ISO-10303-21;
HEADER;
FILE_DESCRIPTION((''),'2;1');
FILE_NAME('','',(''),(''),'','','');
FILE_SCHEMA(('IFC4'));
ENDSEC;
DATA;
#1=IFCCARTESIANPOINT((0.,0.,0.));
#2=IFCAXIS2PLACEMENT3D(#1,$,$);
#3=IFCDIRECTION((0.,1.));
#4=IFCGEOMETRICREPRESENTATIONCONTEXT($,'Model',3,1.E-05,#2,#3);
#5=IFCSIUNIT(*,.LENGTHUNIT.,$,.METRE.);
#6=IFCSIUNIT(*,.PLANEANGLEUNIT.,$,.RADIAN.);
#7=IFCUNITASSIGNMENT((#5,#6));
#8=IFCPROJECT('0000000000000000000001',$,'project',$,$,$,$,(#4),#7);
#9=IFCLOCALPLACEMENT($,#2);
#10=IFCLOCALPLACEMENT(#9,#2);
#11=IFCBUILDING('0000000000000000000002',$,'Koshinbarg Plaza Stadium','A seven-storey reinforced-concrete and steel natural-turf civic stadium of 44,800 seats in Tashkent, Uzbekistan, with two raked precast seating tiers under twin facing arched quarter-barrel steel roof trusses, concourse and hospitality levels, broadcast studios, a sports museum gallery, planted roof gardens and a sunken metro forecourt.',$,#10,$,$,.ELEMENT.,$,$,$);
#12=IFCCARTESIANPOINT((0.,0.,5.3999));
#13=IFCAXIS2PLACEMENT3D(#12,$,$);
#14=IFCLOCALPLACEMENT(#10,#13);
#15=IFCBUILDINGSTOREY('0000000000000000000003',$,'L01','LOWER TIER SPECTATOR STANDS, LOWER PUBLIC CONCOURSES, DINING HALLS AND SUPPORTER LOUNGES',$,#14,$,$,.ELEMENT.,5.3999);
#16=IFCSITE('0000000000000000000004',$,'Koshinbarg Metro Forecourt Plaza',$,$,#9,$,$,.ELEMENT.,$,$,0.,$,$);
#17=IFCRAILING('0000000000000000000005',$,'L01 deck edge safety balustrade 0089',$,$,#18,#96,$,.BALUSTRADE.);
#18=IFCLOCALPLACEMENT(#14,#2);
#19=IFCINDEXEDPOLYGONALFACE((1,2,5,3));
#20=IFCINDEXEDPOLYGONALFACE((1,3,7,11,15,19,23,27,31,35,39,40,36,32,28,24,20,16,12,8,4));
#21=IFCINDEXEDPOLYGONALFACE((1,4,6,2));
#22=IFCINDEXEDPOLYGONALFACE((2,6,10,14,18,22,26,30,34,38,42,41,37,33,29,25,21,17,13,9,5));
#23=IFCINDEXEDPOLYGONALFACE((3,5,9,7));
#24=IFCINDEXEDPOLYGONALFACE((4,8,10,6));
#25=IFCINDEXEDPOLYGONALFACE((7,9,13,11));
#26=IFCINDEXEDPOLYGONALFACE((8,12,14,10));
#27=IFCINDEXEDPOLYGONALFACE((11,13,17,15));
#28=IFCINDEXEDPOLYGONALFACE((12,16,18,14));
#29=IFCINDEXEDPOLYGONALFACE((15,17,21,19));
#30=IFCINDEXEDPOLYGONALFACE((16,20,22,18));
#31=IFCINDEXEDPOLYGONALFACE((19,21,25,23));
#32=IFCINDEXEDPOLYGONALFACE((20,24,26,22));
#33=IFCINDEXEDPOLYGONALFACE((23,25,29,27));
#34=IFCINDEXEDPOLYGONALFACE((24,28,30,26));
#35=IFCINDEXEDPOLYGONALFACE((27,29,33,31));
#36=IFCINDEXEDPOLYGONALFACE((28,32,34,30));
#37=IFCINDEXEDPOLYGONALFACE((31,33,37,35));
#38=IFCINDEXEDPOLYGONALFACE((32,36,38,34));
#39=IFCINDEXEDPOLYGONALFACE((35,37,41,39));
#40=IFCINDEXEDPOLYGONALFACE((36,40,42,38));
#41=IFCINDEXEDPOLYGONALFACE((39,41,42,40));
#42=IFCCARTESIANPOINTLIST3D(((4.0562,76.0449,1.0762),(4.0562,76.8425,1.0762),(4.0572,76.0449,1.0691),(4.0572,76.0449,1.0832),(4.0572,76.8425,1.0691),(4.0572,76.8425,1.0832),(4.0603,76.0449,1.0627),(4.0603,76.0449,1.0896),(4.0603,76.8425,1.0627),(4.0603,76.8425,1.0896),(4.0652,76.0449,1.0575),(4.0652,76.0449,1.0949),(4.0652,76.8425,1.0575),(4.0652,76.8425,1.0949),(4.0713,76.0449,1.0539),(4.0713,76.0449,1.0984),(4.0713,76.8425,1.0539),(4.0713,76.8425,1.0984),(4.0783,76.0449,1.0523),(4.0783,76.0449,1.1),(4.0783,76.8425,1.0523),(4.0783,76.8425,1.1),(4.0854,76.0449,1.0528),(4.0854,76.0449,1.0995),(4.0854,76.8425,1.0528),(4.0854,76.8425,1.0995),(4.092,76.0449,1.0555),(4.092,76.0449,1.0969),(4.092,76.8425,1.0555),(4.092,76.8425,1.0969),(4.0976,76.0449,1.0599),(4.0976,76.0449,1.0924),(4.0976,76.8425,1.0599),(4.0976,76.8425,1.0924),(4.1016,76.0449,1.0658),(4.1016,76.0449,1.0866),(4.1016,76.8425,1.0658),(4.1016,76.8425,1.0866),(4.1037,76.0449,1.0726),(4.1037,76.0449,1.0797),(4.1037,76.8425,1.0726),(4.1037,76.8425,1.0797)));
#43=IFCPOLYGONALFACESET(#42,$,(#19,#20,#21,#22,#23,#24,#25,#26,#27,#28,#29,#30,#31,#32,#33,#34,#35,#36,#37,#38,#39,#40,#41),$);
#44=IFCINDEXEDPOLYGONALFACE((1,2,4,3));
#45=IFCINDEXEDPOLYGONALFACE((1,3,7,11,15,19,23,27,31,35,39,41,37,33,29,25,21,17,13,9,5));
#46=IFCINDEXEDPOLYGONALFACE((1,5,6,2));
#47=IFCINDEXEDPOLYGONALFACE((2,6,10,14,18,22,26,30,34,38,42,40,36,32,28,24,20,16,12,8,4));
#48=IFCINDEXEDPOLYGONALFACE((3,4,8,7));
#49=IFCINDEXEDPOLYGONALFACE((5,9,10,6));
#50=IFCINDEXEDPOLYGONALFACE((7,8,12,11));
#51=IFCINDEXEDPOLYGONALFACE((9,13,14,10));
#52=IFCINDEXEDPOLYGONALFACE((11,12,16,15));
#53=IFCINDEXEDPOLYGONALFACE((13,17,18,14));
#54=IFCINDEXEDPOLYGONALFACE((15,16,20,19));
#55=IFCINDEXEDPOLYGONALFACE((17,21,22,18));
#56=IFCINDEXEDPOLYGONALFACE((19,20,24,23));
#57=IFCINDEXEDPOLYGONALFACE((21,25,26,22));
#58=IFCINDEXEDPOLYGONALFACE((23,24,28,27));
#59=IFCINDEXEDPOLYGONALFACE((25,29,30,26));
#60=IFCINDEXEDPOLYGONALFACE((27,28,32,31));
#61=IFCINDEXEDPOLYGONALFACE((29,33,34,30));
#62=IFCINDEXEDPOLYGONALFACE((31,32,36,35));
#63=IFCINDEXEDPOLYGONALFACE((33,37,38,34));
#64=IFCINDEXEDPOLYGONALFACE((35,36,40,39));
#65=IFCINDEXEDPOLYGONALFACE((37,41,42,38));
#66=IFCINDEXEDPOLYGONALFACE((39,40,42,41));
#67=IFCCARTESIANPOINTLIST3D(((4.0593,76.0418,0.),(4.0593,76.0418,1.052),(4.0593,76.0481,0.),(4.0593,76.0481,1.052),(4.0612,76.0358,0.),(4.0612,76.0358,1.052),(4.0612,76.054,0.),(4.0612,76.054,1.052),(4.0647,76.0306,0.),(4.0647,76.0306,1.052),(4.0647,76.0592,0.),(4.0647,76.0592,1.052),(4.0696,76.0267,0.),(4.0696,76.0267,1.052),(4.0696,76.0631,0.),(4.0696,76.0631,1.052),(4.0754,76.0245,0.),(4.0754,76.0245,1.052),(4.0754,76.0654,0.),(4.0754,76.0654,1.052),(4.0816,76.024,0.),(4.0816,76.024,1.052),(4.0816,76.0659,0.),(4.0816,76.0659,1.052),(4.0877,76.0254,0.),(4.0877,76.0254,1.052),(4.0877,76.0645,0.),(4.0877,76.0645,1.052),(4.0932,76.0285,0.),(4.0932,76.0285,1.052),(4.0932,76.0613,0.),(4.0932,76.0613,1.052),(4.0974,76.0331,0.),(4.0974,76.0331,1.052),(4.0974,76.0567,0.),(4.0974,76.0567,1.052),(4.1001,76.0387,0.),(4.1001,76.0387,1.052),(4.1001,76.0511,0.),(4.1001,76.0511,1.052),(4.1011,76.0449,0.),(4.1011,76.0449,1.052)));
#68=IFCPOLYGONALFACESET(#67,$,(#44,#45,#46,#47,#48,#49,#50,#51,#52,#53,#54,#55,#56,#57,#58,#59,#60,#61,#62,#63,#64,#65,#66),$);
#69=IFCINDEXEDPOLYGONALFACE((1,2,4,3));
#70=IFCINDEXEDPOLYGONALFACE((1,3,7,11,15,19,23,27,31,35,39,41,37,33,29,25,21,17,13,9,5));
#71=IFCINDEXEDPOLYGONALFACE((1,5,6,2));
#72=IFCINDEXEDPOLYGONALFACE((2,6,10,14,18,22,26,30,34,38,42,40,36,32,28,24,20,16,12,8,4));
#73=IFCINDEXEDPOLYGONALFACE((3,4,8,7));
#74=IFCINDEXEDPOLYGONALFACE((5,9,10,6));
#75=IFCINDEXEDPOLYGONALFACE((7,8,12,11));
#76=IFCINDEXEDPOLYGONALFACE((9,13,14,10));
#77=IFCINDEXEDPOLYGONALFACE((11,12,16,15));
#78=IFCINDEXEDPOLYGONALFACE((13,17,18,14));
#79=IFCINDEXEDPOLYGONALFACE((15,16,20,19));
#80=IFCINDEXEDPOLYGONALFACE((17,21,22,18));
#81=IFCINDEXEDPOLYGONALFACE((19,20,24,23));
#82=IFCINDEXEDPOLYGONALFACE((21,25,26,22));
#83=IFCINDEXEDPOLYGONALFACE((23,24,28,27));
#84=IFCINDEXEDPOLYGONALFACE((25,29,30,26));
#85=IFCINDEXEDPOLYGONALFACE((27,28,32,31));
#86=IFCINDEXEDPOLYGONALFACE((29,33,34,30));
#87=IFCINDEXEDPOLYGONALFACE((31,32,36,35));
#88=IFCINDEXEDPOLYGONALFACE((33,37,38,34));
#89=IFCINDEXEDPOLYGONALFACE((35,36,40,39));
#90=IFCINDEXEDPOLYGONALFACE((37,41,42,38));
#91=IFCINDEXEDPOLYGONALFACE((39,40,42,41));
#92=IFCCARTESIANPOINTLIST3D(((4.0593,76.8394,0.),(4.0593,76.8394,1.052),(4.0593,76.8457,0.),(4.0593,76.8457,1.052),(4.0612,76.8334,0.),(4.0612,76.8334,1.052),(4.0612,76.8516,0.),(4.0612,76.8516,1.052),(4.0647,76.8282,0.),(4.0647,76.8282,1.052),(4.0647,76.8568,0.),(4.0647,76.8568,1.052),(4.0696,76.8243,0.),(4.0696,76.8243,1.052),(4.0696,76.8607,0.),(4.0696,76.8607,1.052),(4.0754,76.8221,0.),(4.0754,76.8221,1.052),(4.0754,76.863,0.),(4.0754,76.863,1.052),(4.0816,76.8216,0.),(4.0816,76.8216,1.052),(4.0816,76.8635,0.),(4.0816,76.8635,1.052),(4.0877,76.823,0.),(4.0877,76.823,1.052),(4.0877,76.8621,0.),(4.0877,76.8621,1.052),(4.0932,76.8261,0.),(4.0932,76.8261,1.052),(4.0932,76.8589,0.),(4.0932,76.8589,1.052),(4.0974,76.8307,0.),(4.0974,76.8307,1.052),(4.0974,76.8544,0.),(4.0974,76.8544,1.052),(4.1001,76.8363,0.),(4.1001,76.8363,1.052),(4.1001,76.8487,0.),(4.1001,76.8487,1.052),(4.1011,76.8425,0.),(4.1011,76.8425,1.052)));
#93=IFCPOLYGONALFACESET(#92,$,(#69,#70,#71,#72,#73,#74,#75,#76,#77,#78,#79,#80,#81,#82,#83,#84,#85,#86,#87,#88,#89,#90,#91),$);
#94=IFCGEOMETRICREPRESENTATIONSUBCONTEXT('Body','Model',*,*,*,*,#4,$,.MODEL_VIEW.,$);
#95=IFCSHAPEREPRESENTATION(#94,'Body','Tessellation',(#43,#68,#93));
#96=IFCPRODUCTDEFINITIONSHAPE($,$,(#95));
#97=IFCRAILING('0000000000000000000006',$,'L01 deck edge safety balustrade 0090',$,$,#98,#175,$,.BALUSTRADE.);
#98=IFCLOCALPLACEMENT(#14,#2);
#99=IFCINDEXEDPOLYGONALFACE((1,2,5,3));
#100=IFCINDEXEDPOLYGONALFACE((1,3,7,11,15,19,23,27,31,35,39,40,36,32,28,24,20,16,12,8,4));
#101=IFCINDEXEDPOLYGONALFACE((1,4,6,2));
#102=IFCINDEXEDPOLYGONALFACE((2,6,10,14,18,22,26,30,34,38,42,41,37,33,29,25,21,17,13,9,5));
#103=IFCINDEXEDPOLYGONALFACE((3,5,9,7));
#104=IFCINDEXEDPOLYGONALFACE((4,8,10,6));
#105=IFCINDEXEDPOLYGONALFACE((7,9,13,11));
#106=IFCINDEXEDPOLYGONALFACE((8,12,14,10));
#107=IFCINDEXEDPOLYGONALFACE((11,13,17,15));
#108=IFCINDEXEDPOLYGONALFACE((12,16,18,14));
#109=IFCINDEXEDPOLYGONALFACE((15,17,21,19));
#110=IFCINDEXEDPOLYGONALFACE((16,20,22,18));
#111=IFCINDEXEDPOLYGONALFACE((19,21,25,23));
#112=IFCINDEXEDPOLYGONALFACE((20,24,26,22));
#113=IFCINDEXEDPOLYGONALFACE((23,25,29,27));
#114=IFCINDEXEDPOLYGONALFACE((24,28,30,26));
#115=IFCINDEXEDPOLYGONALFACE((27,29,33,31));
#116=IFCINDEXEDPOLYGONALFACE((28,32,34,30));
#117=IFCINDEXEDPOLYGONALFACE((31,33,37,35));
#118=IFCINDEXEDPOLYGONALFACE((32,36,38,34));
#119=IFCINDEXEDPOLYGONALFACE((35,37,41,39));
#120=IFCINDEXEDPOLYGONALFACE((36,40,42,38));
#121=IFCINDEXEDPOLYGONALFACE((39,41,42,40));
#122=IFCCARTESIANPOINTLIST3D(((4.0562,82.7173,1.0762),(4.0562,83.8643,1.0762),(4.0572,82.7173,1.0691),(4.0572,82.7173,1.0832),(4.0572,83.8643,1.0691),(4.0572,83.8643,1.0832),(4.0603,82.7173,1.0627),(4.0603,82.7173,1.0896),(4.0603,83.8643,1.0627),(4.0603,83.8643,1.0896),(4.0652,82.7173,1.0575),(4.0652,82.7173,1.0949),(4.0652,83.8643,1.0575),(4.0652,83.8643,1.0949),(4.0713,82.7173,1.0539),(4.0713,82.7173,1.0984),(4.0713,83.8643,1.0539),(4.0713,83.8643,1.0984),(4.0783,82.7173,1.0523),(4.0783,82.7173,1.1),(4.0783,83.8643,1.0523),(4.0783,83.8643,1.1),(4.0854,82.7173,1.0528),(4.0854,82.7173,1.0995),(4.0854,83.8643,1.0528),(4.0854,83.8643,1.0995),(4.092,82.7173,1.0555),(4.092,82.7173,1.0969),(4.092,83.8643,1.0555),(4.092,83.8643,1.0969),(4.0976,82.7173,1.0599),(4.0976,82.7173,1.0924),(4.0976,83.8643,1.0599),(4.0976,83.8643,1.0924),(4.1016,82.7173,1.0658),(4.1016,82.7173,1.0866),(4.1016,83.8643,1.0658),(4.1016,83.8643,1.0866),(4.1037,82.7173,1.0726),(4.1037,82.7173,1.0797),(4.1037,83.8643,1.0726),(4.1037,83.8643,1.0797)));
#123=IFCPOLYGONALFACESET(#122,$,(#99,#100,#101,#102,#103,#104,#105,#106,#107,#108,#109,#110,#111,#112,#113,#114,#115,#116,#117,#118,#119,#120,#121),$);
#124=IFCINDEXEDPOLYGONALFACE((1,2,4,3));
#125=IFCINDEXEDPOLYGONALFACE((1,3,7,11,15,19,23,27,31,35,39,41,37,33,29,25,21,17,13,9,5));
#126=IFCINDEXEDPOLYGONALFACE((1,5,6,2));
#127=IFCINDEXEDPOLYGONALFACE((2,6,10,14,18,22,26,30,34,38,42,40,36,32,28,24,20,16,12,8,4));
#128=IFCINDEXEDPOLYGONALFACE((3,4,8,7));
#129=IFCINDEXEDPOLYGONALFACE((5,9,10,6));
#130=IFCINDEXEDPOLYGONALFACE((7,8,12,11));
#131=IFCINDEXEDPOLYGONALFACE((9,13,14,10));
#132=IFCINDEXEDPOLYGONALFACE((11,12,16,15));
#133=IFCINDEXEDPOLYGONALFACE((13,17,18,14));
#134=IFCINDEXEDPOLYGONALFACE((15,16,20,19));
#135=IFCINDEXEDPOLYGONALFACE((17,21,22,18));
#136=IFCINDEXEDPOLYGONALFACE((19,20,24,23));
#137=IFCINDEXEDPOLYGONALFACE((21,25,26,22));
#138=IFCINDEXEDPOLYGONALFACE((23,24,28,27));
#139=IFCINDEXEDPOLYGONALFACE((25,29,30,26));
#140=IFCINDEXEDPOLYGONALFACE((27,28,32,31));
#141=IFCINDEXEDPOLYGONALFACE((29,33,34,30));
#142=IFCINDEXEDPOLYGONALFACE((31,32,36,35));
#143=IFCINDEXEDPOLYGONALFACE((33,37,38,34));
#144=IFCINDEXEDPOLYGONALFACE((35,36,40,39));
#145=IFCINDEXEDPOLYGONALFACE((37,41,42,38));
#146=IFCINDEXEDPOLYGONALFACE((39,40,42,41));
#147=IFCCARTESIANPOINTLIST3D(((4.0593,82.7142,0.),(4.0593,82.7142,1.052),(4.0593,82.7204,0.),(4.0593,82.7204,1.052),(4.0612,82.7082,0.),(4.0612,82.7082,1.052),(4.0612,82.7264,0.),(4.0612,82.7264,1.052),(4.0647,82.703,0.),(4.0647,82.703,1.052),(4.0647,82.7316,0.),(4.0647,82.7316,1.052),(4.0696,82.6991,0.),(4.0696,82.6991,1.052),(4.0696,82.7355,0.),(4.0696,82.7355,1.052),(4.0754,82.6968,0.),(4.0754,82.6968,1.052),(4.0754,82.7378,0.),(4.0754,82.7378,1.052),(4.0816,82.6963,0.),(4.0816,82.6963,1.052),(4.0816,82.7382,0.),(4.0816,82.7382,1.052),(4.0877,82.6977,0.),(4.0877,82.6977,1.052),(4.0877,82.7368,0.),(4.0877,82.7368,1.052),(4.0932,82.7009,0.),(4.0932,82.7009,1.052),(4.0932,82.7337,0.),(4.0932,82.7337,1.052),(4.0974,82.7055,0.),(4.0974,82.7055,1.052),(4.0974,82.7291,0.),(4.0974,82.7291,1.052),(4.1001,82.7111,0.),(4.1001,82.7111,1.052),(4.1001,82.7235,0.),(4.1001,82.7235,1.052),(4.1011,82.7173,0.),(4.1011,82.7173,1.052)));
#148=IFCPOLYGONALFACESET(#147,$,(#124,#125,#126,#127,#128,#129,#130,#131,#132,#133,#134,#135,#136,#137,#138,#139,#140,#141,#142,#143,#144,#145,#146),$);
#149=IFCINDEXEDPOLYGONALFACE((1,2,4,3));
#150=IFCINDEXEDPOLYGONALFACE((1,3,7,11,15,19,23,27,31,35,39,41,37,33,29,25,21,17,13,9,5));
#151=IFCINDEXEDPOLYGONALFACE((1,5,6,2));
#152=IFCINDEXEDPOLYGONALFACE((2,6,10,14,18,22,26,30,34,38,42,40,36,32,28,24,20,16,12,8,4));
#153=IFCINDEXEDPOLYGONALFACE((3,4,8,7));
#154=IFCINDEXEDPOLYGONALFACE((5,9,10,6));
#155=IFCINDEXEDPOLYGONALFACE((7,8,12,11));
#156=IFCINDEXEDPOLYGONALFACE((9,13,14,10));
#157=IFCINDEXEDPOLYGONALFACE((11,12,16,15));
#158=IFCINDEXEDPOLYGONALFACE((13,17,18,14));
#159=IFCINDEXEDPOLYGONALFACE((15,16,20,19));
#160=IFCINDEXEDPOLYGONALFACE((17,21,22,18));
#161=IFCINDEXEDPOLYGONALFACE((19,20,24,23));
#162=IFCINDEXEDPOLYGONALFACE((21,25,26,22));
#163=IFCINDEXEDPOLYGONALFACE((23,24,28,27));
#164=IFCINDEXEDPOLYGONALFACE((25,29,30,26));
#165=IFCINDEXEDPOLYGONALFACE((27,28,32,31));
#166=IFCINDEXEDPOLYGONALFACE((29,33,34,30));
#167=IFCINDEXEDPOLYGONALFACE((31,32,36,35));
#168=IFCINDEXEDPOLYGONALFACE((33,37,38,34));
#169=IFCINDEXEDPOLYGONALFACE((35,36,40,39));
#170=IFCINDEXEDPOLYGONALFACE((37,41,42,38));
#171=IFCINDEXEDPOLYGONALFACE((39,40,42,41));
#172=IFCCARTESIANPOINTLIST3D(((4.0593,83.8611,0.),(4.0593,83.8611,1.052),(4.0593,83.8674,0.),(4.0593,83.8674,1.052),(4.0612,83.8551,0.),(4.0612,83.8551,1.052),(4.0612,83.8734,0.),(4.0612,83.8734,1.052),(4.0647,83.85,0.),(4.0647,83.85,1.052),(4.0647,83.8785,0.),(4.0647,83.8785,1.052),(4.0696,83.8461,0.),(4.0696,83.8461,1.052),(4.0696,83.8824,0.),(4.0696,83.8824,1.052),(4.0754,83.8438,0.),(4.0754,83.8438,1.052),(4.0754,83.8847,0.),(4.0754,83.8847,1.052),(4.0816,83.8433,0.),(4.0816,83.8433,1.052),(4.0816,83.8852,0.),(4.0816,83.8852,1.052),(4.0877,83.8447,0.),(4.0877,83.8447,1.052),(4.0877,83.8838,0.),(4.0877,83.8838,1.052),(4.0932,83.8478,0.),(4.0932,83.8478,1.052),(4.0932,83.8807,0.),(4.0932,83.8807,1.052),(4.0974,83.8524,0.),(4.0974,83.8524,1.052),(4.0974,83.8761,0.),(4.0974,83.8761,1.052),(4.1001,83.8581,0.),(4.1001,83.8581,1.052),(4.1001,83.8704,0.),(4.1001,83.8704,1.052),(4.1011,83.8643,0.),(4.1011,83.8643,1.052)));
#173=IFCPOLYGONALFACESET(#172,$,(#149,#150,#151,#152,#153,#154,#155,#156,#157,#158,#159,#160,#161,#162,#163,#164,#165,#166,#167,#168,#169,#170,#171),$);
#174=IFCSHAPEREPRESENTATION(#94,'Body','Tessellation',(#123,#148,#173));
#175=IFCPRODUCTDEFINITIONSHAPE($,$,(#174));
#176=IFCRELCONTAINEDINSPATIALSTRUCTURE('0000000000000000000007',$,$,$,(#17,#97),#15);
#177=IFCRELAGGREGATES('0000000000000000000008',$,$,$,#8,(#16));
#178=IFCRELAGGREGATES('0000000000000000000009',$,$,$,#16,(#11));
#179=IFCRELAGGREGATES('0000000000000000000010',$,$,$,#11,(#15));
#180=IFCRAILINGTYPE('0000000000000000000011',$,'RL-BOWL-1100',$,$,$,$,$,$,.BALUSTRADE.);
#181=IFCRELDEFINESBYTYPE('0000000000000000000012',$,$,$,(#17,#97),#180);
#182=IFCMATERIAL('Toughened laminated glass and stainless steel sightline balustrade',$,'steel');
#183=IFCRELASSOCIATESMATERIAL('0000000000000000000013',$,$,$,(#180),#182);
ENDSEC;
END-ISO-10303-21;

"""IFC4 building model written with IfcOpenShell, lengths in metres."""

from ifc_helpers import new_model, si_unit, direction, frame, origin, origin_2d, place, context, subcontext, project, spatial, circle, extrude, material, type_object, element, save


model = new_model("IFC4")

# Units and contexts
model_context = context("Model", 3, precision=1e-05, world=origin(), true_north=direction((0.0, 1.0)))
body_context = subcontext(model_context, "Body", "Model", "MODEL_VIEW")
ifc_project = project(units=[si_unit("LENGTHUNIT", "METRE"), si_unit("PLANEANGLEUNIT", "RADIAN")], contexts=[model_context])

# Site, building, storey
site_placement = place(None, origin())
site = spatial("IfcSite", under=ifc_project, at=site_placement, Name="Koshinbarg Metro Forecourt Plaza", CompositionType="ELEMENT", RefElevation=0.0)
building_placement = place(site_placement, origin())
building = spatial("IfcBuilding", under=site, at=building_placement, Name="Koshinbarg Plaza Stadium", Description="A seven-storey reinforced-concrete and steel natural-turf civic stadium of 44,800 seats in Tashkent, Uzbekistan, with two raked precast seating tiers under twin facing arched quarter-barrel steel roof trusses, concourse and hospitality levels, broadcast studios, a sports museum gallery, planted roof gardens and a sunken metro forecourt.", CompositionType="ELEMENT")
storey_placement = place(building_placement, frame((0.0, 0.0, 5.3999)))
storey = spatial("IfcBuildingStorey", under=building, at=storey_placement, Name="L01", Description="LOWER TIER SPECTATOR STANDS, LOWER PUBLIC CONCOURSES, DINING HALLS AND SUPPORTER LOUNGES", CompositionType="ELEMENT", Elevation=5.3999)

# Railings
ifc_material_1 = material(Name="Toughened laminated glass and stainless steel sightline balustrade", Category="steel")
railing_type = type_object("IfcRailingType", Name="RL-BOWL-1100", PredefinedType="BALUSTRADE", material=ifc_material_1)
railing_1_placement = place(storey_placement, frame((4.0801, 76.0449, 0.0)))
element("IfcRailing", 1, at=railing_1_placement, inside=storey, type_object=railing_type, Name="L01 deck edge safety balustrade 0089", PredefinedType="BALUSTRADE", context=body_context, shape_type="SweptSolid", body=[
    extrude(circle(Radius=0.0239, at=origin_2d()), frame((0.0, 0.0, 1.0762), z_axis=(0.0, 1.0, 0.0), x_axis=(-1.0, 0.0, 0.0)), (0.0, 0.0, 1.0), 0.7976),
    extrude(circle(Radius=0.021, at=origin_2d()), origin(), (0.0, 0.0, 1.0), 1.052),
    extrude(circle(Radius=0.021, at=origin_2d()), frame((0.0, 0.7976, 0.0)), (0.0, 0.0, 1.0), 1.052),
])
railing_2_placement = place(storey_placement, frame((4.0801, 82.7173, 0.0)))
element("IfcRailing", 2, at=railing_2_placement, inside=storey, type_object=railing_type, Name="L01 deck edge safety balustrade 0090", PredefinedType="BALUSTRADE", context=body_context, shape_type="SweptSolid", body=[
    extrude(circle(Radius=0.0239, at=origin_2d()), frame((0.0, 0.0, 1.0762), z_axis=(0.0, 1.0, 0.0), x_axis=(-1.0, 0.0, 0.0)), (0.0, 0.0, 1.0), 1.147),
    extrude(circle(Radius=0.021, at=origin_2d()), origin(), (0.0, 0.0, 1.0), 1.052),
    extrude(circle(Radius=0.021, at=origin_2d()), frame((0.0, 1.147, 0.0)), (0.0, 0.0, 1.0), 1.052),
])

save(model, "model.ifc")
